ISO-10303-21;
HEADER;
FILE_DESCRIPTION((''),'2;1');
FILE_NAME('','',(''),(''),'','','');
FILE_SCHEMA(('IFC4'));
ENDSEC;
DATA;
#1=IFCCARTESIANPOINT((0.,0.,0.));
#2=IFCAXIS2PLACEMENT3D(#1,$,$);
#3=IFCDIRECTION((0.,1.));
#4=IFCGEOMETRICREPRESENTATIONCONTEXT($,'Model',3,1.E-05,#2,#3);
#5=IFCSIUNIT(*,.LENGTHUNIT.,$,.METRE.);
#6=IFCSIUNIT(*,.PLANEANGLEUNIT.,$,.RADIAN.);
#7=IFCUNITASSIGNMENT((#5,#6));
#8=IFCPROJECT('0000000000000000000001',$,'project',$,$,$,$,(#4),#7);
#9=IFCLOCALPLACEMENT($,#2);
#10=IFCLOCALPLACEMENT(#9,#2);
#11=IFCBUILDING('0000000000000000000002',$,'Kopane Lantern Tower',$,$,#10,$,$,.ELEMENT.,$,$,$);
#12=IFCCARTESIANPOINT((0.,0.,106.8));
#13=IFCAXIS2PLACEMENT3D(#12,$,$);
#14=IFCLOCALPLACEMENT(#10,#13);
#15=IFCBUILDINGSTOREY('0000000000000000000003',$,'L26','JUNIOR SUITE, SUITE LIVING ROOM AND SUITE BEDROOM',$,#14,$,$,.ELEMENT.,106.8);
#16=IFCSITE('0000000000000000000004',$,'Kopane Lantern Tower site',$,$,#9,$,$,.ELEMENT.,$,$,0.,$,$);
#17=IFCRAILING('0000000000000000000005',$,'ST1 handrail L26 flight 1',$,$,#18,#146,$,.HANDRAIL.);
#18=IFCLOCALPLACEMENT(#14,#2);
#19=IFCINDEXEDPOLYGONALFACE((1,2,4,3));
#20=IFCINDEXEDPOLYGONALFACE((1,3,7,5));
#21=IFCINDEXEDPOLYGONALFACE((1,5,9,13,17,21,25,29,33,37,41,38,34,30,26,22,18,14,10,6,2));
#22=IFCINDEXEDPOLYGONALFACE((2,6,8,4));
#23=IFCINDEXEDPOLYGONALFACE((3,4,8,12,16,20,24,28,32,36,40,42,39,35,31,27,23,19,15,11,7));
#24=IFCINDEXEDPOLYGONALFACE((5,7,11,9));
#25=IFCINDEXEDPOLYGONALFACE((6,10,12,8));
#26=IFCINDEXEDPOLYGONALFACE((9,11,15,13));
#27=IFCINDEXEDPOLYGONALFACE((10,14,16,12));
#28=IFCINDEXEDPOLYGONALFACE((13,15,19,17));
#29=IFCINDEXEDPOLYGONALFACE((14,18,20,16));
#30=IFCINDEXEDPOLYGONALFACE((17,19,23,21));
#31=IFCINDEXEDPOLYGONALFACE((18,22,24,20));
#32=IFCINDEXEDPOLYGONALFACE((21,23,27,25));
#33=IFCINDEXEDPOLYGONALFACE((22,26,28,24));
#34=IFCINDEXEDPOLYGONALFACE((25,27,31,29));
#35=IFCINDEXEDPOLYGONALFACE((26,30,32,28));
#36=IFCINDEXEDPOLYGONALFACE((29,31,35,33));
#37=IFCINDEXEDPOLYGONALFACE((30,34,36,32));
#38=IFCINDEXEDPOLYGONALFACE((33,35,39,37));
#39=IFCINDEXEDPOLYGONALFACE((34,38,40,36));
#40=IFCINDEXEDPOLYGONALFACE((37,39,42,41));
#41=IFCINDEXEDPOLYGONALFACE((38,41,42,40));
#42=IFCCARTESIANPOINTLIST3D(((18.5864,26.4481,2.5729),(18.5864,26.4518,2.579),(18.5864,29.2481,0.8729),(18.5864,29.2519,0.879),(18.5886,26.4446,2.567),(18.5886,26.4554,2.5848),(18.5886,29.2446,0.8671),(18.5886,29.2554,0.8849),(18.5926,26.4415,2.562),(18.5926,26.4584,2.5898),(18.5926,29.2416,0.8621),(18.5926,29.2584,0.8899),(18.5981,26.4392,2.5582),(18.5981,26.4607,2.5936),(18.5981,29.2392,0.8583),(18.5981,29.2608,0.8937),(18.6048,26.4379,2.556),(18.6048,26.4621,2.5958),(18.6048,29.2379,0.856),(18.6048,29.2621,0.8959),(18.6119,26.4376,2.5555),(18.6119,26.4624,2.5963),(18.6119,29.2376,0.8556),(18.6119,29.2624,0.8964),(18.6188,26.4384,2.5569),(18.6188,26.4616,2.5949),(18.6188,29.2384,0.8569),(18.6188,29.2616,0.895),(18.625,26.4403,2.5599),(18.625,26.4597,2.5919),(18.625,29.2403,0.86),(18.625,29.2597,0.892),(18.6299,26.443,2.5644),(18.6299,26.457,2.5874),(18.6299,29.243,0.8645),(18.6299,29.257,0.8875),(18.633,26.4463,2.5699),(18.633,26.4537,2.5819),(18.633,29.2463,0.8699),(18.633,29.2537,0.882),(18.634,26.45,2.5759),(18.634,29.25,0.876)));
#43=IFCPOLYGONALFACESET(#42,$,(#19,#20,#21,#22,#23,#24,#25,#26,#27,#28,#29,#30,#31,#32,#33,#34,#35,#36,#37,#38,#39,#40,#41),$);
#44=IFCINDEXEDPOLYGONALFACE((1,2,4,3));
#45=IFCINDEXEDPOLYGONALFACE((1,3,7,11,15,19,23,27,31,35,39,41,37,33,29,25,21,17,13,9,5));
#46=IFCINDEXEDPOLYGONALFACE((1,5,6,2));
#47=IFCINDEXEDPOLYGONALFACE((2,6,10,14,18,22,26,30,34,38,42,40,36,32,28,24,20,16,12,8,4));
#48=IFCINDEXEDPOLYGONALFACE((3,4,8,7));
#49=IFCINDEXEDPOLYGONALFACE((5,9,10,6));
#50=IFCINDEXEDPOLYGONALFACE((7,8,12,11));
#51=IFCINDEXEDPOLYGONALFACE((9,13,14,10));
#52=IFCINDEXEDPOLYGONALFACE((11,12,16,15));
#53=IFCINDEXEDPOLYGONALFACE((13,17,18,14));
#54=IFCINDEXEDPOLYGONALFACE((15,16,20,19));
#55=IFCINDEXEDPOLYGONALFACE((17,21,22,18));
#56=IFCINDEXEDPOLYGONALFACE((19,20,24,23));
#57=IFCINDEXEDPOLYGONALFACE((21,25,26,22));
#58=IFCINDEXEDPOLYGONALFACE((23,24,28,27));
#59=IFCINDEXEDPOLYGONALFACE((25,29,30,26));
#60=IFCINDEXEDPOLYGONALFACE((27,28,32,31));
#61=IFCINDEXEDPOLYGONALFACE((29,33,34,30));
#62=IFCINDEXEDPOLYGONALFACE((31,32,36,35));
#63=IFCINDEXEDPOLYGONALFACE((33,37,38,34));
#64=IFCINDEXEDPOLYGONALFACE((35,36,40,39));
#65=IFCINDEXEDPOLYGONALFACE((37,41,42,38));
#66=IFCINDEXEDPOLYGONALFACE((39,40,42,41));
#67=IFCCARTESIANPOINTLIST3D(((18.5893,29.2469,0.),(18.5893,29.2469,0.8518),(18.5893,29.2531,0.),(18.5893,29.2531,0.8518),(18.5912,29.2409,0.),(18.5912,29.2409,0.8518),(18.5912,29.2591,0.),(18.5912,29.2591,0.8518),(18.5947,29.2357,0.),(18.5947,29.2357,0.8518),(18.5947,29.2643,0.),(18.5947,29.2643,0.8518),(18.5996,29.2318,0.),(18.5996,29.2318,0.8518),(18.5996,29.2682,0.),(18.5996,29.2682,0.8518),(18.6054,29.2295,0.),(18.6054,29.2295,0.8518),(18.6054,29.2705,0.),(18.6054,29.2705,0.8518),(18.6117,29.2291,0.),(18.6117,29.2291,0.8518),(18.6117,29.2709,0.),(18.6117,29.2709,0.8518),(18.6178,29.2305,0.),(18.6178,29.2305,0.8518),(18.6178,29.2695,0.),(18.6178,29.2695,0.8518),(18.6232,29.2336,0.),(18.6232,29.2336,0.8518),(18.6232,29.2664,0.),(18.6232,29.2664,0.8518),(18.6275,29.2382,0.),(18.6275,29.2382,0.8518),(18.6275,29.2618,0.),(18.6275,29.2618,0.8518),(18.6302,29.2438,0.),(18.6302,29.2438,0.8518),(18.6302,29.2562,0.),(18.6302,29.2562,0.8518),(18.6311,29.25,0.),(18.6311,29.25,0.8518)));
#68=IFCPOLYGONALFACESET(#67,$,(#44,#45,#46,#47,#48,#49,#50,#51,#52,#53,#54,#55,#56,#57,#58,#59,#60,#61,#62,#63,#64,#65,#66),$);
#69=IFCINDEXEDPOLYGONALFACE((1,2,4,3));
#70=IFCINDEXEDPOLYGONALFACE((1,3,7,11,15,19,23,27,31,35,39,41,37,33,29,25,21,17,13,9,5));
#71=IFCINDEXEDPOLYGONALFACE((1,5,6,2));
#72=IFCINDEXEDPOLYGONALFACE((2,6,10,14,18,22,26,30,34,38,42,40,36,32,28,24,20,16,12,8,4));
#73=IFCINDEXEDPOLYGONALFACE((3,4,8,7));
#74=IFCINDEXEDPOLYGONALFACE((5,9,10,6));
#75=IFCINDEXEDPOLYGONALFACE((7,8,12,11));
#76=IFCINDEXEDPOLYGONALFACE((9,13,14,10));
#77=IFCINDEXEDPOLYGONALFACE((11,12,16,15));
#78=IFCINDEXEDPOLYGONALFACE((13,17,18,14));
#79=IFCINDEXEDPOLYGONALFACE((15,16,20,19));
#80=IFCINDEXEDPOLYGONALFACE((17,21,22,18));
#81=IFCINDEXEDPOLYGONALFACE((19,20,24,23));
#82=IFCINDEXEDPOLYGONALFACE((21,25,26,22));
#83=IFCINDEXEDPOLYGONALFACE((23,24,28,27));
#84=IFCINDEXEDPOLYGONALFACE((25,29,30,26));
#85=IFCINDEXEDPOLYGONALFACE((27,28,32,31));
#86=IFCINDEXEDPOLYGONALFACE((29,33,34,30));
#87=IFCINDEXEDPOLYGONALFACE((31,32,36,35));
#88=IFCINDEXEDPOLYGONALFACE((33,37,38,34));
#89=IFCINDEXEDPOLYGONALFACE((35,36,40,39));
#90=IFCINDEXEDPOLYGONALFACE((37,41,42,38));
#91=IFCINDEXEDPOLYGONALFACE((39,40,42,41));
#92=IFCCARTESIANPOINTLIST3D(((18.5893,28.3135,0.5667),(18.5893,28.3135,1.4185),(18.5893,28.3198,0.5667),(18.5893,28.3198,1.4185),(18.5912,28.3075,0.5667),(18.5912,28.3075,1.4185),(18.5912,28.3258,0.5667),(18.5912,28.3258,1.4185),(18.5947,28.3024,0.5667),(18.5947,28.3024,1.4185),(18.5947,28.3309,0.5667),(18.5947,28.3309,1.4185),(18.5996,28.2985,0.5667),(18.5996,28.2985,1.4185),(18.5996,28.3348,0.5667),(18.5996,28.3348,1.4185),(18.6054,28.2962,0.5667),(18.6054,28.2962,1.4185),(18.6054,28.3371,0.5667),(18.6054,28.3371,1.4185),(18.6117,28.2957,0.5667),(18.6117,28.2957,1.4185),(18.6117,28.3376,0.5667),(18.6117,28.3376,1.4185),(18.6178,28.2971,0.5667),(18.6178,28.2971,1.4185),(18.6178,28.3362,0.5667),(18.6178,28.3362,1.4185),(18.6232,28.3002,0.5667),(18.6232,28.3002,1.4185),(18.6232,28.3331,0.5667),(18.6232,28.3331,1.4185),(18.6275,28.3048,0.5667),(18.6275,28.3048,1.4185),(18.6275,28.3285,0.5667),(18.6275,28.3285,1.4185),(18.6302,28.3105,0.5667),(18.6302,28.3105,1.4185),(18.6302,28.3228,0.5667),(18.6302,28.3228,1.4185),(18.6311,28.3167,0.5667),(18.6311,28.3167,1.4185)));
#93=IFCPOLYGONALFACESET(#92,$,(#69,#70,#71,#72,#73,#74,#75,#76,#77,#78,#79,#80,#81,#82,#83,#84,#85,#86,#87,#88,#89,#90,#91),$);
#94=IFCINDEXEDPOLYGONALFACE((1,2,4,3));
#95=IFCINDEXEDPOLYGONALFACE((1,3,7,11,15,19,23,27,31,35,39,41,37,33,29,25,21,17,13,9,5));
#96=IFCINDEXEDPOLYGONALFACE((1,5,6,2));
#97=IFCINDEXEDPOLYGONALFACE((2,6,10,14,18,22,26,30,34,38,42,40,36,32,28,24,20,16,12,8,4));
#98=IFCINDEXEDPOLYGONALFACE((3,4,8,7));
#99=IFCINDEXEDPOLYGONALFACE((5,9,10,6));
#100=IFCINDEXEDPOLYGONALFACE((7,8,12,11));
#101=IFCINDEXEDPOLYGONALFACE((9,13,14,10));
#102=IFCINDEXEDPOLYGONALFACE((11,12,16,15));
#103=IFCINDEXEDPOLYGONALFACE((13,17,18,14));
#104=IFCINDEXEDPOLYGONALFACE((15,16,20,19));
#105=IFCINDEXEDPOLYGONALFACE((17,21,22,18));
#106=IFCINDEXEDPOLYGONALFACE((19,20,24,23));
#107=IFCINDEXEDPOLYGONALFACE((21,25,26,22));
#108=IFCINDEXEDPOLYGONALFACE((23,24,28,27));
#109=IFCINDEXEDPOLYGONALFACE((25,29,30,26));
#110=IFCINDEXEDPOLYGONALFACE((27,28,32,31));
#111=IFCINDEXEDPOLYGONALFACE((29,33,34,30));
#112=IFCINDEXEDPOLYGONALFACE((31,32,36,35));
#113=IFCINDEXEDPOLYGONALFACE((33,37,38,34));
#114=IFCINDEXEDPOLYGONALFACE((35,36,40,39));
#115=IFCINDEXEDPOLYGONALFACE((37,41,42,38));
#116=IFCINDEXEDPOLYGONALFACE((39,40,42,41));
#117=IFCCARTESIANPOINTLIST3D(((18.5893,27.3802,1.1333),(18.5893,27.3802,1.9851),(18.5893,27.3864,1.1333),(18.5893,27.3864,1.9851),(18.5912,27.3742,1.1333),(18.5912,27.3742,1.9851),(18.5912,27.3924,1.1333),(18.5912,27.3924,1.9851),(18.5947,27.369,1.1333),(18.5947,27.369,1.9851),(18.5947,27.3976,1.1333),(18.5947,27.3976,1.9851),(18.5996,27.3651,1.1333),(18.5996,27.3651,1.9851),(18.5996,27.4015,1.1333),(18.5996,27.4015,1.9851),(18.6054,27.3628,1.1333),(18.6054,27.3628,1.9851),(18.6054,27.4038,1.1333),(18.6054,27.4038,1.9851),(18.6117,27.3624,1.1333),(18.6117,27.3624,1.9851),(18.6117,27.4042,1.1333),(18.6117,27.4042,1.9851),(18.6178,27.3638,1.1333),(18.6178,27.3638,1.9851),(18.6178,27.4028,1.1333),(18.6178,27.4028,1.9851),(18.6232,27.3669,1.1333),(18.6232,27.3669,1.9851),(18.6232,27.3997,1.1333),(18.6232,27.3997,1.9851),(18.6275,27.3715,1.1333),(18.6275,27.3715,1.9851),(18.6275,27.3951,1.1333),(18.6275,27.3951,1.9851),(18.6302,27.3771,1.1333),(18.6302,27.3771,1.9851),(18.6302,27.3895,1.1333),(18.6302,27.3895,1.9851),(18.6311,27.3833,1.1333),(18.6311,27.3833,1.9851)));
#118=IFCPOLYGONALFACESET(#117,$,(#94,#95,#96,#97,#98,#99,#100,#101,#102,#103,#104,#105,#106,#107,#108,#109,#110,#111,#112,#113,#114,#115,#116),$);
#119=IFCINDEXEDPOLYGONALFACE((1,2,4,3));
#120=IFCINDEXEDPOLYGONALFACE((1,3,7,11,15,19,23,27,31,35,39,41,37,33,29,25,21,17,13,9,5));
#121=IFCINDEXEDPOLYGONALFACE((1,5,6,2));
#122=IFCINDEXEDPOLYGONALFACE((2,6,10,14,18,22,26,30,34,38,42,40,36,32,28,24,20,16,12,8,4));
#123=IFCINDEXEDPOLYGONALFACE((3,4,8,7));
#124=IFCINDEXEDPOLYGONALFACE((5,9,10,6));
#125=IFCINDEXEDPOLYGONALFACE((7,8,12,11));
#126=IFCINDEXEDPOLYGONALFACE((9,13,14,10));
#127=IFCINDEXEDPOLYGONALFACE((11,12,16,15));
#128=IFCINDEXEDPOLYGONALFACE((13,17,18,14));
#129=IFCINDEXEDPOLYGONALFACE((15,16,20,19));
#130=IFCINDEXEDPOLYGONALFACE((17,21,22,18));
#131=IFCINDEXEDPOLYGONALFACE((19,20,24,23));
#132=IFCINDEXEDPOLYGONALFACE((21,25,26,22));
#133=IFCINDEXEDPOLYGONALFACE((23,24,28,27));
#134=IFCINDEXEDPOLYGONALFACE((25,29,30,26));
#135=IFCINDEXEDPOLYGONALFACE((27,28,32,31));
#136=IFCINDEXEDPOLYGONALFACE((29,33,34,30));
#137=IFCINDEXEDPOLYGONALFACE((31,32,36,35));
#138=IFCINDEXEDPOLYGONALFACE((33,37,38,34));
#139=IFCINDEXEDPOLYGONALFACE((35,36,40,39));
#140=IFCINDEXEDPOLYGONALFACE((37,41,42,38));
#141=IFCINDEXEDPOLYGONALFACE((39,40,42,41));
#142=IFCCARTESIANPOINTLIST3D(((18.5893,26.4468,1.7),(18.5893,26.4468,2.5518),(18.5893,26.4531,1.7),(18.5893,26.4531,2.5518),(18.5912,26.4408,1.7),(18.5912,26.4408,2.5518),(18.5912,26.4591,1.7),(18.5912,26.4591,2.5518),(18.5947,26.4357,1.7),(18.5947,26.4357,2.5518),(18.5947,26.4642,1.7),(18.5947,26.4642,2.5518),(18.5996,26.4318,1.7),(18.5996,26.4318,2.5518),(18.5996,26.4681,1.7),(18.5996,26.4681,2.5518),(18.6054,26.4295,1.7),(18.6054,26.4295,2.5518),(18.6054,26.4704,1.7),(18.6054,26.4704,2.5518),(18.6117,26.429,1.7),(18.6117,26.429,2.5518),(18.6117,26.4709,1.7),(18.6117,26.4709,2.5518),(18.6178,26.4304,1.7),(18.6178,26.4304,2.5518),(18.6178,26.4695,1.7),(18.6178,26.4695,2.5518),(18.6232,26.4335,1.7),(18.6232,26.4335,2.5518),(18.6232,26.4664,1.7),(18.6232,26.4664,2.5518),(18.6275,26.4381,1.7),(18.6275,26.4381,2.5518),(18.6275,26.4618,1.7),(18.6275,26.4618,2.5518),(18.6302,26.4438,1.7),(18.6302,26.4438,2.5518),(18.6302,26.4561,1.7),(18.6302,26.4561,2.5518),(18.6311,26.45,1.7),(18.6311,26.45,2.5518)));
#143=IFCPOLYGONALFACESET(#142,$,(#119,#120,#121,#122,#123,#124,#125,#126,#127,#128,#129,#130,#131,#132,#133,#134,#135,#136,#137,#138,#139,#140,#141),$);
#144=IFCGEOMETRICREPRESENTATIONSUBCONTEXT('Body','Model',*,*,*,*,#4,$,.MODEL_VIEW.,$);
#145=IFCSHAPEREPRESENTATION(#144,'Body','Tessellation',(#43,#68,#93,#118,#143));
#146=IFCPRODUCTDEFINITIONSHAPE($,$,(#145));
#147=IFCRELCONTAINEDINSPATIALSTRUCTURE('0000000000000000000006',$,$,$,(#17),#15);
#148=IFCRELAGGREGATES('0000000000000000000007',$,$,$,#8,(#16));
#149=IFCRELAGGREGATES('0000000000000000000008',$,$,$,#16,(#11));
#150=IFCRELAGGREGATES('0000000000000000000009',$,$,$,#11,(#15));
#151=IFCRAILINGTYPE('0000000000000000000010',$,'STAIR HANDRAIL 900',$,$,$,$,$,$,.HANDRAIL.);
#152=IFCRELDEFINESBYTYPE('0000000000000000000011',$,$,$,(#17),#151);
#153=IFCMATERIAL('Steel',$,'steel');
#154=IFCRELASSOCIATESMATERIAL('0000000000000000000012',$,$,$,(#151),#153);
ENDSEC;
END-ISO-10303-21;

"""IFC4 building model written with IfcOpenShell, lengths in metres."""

from ifc_helpers import new_model, si_unit, direction, frame, origin, origin_2d, place, context, subcontext, project, spatial, circle, extrude, material, type_object, element, save


model = new_model("IFC4")

# Units and contexts
model_context = context("Model", 3, precision=1e-05, world=origin(), true_north=direction((0.0, 1.0)))
body_context = subcontext(model_context, "Body", "Model", "MODEL_VIEW")
ifc_project = project(units=[si_unit("LENGTHUNIT", "METRE"), si_unit("PLANEANGLEUNIT", "RADIAN")], contexts=[model_context])

# Site, building, storey
site_placement = place(None, origin())
site = spatial("IfcSite", under=ifc_project, at=site_placement, Name="Kopane Lantern Tower site", CompositionType="ELEMENT", RefElevation=0.0)
building_placement = place(site_placement, origin())
building = spatial("IfcBuilding", under=site, at=building_placement, Name="Kopane Lantern Tower", CompositionType="ELEMENT")
storey_placement = place(building_placement, frame((0.0, 0.0, 106.8)))
storey = spatial("IfcBuildingStorey", under=building, at=storey_placement, Name="L26", Description="JUNIOR SUITE, SUITE LIVING ROOM AND SUITE BEDROOM", CompositionType="ELEMENT", Elevation=106.8)

# Railing
ifc_material_1 = material(Name="Steel", Category="steel")
railing_type_1 = type_object("IfcRailingType", Name="STAIR HANDRAIL 900", PredefinedType="HANDRAIL", material=ifc_material_1)
for number, where, name in (
    (1, (18.6101, 29.25, 0.0), "ST1 handrail L26 flight 1"),
):
    element("IfcRailing", number, at=place(storey_placement, frame(where)), inside=storey, type_object=railing_type_1, Name=name, PredefinedType="HANDRAIL", context=body_context, shape_type="SweptSolid", body=[
        extrude(circle(Radius=0.0239, at=origin_2d()), frame((0.0, 0.0, 0.876), z_axis=(0.0, -0.854798, 0.518961), x_axis=(1.0, 0.0, 0.0)), (0.0, 0.0, 1.0), 3.2756),
        extrude(circle(Radius=0.021, at=origin_2d()), origin(), (0.0, 0.0, 1.0), 0.8518),
        extrude(circle(Radius=0.021, at=origin_2d()), frame((0.0, -0.9333, 0.5667)), (0.0, 0.0, 1.0), 0.8518),
        extrude(circle(Radius=0.021, at=origin_2d()), frame((0.0, -1.8667, 1.1333)), (0.0, 0.0, 1.0), 0.8518),
        extrude(circle(Radius=0.021, at=origin_2d()), frame((0.0, -2.8, 1.7)), (0.0, 0.0, 1.0), 0.8518),
    ])

save(model, "model.ifc")
